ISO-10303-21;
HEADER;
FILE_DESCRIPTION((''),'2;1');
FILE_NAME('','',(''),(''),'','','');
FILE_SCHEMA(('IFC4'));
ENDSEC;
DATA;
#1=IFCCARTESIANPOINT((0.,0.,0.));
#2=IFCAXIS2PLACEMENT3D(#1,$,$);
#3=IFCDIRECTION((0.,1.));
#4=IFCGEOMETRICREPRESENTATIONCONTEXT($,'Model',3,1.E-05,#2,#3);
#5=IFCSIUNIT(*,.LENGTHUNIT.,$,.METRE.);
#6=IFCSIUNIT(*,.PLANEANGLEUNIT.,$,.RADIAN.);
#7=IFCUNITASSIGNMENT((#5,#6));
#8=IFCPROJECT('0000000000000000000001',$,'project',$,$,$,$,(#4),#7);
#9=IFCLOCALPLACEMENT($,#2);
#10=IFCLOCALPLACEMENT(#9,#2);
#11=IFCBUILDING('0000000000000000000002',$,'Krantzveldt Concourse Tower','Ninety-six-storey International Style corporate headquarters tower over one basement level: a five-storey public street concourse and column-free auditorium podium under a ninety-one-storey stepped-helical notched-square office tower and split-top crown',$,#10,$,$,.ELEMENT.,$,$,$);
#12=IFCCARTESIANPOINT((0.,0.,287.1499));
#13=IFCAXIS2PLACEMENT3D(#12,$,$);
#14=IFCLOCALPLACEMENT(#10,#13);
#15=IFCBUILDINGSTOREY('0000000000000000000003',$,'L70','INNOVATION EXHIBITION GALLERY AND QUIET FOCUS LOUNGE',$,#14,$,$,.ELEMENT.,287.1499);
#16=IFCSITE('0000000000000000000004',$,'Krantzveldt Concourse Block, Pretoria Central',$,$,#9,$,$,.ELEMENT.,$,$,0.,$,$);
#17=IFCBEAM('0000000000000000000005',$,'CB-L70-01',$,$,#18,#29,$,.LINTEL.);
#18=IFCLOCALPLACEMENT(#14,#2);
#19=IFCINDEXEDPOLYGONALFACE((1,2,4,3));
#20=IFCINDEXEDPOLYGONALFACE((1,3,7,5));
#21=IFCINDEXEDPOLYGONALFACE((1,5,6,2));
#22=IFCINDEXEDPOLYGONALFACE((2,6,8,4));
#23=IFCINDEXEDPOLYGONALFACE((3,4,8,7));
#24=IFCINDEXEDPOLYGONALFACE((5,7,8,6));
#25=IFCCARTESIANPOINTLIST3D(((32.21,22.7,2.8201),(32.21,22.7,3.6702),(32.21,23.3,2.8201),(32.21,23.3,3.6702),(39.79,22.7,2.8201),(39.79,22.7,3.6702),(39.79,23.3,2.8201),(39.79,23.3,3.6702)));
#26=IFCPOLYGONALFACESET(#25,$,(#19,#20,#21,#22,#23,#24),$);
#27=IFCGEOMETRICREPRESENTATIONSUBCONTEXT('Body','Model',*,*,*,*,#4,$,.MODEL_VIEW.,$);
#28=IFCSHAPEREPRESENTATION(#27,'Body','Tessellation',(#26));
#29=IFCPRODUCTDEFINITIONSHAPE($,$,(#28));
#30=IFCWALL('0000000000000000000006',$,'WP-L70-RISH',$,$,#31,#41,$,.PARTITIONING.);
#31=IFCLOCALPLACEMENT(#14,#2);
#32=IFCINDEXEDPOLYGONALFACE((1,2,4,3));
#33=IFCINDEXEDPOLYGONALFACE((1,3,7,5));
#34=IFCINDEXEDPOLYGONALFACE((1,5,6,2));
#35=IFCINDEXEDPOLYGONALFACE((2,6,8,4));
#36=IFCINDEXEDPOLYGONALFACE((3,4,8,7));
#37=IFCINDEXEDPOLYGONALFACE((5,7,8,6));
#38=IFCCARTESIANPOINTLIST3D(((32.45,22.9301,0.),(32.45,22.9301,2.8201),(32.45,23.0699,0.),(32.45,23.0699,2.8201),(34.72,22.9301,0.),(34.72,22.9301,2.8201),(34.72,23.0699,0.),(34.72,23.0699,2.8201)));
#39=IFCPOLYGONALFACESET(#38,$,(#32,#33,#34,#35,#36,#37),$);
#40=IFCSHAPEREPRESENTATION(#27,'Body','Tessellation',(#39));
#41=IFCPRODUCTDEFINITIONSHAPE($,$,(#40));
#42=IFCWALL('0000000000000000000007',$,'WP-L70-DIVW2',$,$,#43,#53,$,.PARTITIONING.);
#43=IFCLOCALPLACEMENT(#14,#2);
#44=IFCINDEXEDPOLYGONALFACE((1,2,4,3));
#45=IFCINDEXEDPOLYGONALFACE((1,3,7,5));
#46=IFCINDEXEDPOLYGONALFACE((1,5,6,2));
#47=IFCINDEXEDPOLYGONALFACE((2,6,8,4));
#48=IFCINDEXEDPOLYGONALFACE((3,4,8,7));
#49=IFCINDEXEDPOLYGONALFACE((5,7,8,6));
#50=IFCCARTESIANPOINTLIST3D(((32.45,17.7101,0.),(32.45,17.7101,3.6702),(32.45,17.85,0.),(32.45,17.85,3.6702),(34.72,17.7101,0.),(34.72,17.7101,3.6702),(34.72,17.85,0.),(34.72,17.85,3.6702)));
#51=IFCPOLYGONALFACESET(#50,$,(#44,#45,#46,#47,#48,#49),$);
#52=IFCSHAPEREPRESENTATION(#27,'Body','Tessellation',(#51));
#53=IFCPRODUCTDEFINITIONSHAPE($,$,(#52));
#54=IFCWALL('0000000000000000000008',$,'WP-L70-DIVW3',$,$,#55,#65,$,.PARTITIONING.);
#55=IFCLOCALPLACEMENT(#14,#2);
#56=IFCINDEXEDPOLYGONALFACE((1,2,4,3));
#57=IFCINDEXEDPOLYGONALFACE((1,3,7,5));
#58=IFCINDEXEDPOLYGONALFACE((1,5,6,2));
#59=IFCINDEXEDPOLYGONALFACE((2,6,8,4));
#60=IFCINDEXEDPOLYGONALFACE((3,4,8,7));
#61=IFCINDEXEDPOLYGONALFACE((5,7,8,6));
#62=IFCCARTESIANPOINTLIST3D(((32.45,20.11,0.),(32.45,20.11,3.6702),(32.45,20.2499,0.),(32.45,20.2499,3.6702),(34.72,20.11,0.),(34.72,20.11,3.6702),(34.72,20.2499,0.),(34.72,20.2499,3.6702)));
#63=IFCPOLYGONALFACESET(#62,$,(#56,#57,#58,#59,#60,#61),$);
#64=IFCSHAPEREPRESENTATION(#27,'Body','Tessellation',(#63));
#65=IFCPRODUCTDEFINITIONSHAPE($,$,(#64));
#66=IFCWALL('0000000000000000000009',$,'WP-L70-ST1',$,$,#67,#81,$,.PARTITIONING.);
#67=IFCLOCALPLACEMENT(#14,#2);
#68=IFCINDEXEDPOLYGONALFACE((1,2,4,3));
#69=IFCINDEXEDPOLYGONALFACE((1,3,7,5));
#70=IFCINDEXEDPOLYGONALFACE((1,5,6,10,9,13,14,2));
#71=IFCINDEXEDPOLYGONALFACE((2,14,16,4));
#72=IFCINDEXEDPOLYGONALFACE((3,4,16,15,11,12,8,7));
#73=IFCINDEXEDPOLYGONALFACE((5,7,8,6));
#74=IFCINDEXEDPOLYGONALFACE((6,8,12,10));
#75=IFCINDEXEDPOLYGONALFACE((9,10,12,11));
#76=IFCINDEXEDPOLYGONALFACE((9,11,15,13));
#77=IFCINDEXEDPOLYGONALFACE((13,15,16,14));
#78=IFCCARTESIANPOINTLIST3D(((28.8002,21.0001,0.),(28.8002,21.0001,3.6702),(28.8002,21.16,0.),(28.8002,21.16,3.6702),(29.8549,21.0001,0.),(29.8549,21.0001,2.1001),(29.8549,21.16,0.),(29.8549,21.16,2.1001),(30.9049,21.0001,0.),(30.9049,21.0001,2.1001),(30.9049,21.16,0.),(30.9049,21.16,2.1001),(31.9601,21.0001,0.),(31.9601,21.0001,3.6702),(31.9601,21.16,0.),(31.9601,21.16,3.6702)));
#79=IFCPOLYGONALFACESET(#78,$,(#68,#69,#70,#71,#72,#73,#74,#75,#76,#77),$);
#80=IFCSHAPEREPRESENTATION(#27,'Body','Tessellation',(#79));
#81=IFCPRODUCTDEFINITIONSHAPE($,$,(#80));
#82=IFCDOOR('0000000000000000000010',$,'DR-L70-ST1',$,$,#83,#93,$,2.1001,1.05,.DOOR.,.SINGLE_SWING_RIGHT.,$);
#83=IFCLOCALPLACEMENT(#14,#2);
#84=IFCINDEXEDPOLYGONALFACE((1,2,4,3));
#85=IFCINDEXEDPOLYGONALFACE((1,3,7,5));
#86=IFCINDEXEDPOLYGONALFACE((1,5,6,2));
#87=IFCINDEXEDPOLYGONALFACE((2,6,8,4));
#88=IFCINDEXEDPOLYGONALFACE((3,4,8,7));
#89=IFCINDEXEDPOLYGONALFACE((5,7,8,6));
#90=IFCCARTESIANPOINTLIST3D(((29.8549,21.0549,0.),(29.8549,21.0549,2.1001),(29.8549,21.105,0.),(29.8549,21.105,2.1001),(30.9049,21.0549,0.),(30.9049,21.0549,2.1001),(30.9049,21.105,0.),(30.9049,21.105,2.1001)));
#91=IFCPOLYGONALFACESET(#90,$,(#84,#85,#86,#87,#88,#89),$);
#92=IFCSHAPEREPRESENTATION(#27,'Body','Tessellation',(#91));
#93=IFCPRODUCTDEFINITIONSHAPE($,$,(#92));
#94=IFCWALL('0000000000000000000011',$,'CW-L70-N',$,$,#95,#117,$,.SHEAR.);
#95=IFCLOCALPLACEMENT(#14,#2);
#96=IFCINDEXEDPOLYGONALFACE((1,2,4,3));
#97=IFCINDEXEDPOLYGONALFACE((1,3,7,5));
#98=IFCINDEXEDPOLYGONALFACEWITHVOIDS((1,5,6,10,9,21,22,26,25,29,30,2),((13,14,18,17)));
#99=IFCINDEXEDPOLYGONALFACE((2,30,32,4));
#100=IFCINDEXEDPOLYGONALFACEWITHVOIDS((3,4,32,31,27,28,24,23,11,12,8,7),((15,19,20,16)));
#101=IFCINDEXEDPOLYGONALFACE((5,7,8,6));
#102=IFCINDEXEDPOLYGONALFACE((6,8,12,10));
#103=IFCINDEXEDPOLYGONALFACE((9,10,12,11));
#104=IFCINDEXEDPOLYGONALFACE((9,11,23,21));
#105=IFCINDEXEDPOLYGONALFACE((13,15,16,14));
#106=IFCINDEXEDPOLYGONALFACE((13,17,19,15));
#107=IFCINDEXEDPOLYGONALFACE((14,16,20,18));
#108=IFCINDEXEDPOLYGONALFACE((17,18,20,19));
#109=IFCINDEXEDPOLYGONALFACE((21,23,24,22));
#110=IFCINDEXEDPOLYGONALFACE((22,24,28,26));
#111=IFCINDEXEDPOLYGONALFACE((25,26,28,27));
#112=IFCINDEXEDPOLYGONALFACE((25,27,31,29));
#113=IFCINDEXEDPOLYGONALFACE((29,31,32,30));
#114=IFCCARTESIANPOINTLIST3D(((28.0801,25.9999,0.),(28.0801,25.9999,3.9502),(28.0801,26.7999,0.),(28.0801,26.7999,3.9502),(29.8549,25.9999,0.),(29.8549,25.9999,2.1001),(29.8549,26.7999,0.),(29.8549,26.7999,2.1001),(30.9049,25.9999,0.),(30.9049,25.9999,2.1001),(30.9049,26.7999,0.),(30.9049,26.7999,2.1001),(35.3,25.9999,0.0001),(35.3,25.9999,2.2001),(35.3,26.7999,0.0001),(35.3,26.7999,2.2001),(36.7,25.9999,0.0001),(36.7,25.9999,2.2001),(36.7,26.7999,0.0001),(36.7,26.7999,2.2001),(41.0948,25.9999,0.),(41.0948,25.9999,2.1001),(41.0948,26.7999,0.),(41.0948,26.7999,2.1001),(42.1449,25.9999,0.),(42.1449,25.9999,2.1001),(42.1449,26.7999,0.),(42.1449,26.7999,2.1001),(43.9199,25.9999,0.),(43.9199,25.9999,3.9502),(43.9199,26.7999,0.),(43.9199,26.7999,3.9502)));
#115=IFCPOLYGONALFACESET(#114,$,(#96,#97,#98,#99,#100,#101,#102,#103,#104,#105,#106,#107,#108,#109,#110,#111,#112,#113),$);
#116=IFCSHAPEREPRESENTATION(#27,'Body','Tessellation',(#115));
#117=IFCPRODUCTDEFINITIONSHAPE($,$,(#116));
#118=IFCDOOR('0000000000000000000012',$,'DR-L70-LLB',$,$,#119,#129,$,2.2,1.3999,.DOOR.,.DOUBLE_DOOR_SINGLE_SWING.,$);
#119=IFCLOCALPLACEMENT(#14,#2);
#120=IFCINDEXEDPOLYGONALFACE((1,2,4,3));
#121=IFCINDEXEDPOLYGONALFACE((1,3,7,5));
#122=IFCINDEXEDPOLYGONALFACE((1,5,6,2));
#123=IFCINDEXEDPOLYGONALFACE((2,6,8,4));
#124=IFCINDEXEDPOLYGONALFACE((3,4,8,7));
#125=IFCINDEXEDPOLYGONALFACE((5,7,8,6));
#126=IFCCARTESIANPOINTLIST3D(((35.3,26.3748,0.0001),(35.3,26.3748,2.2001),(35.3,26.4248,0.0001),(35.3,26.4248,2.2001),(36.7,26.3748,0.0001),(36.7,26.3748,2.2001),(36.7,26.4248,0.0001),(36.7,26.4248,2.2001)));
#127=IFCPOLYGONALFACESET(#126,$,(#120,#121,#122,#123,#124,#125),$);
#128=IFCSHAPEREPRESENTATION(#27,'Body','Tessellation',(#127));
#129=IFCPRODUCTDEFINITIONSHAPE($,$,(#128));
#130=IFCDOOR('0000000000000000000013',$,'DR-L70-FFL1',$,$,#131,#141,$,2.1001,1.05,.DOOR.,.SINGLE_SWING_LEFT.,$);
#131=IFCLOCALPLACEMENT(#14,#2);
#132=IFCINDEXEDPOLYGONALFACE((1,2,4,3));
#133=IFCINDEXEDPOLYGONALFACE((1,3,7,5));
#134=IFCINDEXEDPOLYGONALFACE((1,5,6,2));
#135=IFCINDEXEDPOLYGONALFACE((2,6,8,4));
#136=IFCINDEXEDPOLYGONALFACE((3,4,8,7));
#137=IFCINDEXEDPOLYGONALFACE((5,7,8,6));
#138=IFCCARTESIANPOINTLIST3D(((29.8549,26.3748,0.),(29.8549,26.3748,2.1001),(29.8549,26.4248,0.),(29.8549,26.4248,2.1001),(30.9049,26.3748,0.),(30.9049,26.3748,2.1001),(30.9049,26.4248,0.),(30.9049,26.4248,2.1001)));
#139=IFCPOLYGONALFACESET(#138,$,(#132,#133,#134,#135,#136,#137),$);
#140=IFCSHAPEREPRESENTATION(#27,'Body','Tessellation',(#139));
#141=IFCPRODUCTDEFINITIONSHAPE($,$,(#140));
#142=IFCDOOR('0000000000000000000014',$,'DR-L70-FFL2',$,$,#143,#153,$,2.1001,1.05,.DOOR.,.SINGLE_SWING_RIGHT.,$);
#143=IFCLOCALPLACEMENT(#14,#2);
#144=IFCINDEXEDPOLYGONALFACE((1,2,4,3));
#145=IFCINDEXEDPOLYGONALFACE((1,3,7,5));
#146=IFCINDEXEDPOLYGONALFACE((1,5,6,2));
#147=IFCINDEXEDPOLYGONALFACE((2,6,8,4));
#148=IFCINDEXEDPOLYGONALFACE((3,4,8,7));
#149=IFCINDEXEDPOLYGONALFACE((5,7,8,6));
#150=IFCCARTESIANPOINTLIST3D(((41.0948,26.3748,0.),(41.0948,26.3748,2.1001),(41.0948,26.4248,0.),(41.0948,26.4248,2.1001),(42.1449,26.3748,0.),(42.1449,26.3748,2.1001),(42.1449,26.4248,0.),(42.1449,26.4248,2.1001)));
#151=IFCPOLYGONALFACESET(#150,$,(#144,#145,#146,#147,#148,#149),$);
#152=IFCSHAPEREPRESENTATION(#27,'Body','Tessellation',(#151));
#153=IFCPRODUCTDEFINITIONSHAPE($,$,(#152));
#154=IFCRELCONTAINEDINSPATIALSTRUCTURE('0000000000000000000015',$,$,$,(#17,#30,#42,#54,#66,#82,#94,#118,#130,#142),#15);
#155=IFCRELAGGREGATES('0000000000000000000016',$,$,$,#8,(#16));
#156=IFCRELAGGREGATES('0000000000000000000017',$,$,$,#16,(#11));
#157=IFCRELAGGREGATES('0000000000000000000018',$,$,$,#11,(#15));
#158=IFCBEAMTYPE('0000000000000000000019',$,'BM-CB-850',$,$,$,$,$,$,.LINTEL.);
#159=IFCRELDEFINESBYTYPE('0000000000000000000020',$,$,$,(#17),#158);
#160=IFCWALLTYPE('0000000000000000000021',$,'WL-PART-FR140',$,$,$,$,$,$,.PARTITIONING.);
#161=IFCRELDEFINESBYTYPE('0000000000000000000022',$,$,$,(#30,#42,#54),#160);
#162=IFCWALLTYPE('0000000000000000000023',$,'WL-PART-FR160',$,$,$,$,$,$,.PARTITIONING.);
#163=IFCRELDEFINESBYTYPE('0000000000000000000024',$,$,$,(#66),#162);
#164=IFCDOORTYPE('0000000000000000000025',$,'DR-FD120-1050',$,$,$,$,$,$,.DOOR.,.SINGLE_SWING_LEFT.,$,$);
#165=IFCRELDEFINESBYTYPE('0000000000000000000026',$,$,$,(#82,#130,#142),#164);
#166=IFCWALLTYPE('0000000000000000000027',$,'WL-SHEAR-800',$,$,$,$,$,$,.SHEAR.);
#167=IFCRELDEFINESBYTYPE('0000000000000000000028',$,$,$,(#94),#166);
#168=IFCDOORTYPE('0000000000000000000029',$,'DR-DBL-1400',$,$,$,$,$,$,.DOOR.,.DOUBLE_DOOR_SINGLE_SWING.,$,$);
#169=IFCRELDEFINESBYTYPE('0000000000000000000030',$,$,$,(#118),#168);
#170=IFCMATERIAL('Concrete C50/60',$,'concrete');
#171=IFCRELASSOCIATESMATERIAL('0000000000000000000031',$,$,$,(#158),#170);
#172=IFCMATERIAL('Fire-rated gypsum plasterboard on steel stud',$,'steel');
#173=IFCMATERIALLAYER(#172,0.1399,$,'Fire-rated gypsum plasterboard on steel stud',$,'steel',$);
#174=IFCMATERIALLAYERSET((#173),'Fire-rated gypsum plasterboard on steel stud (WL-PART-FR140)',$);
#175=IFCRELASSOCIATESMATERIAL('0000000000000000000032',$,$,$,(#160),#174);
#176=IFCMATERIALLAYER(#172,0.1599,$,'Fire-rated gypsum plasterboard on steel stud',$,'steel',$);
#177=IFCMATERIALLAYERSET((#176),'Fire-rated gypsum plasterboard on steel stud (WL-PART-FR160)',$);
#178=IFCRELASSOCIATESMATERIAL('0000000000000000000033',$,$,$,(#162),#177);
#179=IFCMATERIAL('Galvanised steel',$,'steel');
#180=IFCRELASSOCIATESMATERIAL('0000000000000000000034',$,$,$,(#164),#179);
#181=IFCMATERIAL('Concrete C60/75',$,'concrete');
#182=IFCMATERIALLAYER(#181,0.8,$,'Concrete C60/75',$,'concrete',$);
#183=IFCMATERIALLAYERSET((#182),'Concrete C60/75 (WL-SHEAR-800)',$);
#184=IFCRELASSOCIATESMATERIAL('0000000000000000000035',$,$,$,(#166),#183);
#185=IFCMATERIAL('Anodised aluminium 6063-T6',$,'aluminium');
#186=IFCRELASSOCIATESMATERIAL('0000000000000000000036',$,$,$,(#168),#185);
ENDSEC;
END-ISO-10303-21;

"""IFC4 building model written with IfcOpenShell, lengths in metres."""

from ifc_helpers import new_model, si_unit, direction, frame, frame_2d, origin, origin_2d, place, context, subcontext, project, spatial, rectangle, extrude, source, transform, mapped, material, layer, layer_set, material_profile, profile_set, type_object, type_shapes, element, fill, save


model = new_model("IFC4")

# Units and contexts
model_context = context("Model", 3, precision=1e-05, world=origin(), true_north=direction((0.0, 1.0)))
body_context = subcontext(model_context, "Body", "Model", "MODEL_VIEW")
ifc_project = project(units=[si_unit("LENGTHUNIT", "METRE"), si_unit("PLANEANGLEUNIT", "RADIAN")], contexts=[model_context])

# Site, building, storey
site_placement = place(None, origin())
site = spatial("IfcSite", under=ifc_project, at=site_placement, Name="Krantzveldt Concourse Block, Pretoria Central", CompositionType="ELEMENT", RefElevation=0.0)
building_placement = place(site_placement, origin())
building = spatial("IfcBuilding", under=site, at=building_placement, Name="Krantzveldt Concourse Tower", Description="Ninety-six-storey International Style corporate headquarters tower over one basement level: a five-storey public street concourse and column-free auditorium podium under a ninety-one-storey stepped-helical notched-square office tower and split-top crown", CompositionType="ELEMENT")
storey_placement = place(building_placement, frame((0.0, 0.0, 287.1499)))
storey = spatial("IfcBuildingStorey", under=building, at=storey_placement, Name="L70", Description="INNOVATION EXHIBITION GALLERY AND QUIET FOCUS LOUNGE", CompositionType="ELEMENT", Elevation=287.1499)

# Beam
ifc_material_1 = material(Name="Concrete C50/60", Category="concrete")
ifc_material_profile = material_profile(ifc_material_1, rectangle(XDim=0.6001, YDim=0.8501, at=origin_2d()), Name="Concrete C50/60", Category="concrete")
ifc_profile_set = profile_set([ifc_material_profile], Name="Concrete C50/60 - RC-CB 600x850")
beam_type = type_object("IfcBeamType", Name="BM-CB-850", PredefinedType="LINTEL", material=ifc_profile_set)
shared_shape = source(origin(), body_context, "Body", "SweptSolid", [
    extrude(rectangle(XDim=0.6001, YDim=0.8501, at=origin_2d()), origin(), (0.0, 0.0, 1.0), 7.5801),
])
type_shapes(beam_type, [shared_shape])
beam_placement = place(storey_placement, frame((32.21, 23.0, 3.2451), z_axis=(1.0, 0.0, 0.0), x_axis=(0.0, 1.0, 0.0)))
element("IfcBeam", 1, at=beam_placement, inside=storey, type_object=beam_type, Name="CB-L70-01", PredefinedType="LINTEL", context=body_context, shape_type="MappedRepresentation", body=[
    mapped(shared_shape, transform((0.0, 0.0, 0.0), x_axis=(1.0, 0.0, 0.0), y_axis=(0.0, 1.0, 0.0), z_axis=(0.0, 0.0, 1.0), scale=1.0)),
])

# Walls
ifc_material_2 = material(Name="Fire-rated gypsum plasterboard on steel stud", Category="steel")
ifc_layer_1 = layer(ifc_material_2, 0.1399, Name="Fire-rated gypsum plasterboard on steel stud", Category="steel")
ifc_layer_set_1 = layer_set([ifc_layer_1], Name="Fire-rated gypsum plasterboard on steel stud (WL-PART-FR140)")
wall_type_1 = type_object("IfcWallType", Name="WL-PART-FR140", PredefinedType="PARTITIONING", material=ifc_layer_set_1)
wall_1_placement = place(storey_placement, frame((32.45, 23.0, 0.0), z_axis=(0.0, 0.0, 1.0), x_axis=(1.0, 0.0, 0.0)))
element("IfcWall", 2, at=wall_1_placement, inside=storey, type_object=wall_type_1, Name="WP-L70-RISH", PredefinedType="PARTITIONING", context=body_context, shape_type="SweptSolid", body=[
    extrude(rectangle(XDim=2.27, YDim=0.1399, at=frame_2d((1.135, 0.0))), origin(), (0.0, 0.0, 1.0), 2.8201),
])
for number, where, z_axis, x_axis, name in (
    (3, (32.45, 17.78, 0.0), (0.0, 0.0, 1.0), (1.0, 0.0, 0.0), "WP-L70-DIVW2"),
    (4, (32.45, 20.1799, 0.0), (0.0, 0.0, 1.0), (1.0, 0.0, 0.0), "WP-L70-DIVW3"),
):
    element("IfcWall", number, at=place(storey_placement, frame(where, z_axis=z_axis, x_axis=x_axis)), inside=storey, type_object=wall_type_1, Name=name, PredefinedType="PARTITIONING", context=body_context, shape_type="SweptSolid", body=[
        extrude(rectangle(XDim=2.27, YDim=0.1399, at=frame_2d((1.135, 0.0))), origin(), (0.0, 0.0, 1.0), 3.6702),
    ])

# Wall, opening, door
ifc_layer_2 = layer(ifc_material_2, 0.1599, Name="Fire-rated gypsum plasterboard on steel stud", Category="steel")
ifc_layer_set_2 = layer_set([ifc_layer_2], Name="Fire-rated gypsum plasterboard on steel stud (WL-PART-FR160)")
wall_type_2 = type_object("IfcWallType", Name="WL-PART-FR160", PredefinedType="PARTITIONING", material=ifc_layer_set_2)
wall_2_placement = place(storey_placement, frame((28.8, 21.0801, 0.0), z_axis=(0.0, 0.0, 1.0), x_axis=(1.0, 0.0, 0.0)))
wall_2 = element("IfcWall", 5, at=wall_2_placement, inside=storey, type_object=wall_type_2, Name="WP-L70-ST1", PredefinedType="PARTITIONING", context=body_context, shape_type="SweptSolid", body=[
    extrude(rectangle(XDim=3.1599, YDim=0.1599, at=frame_2d((1.5801, 0.0))), origin(), (0.0, 0.0, 1.0), 3.6702),
])
opening_1_placement = place(wall_2_placement, frame((1.0549, 0.0, 0.0)))
opening_1 = element("IfcOpeningElement", 6, at=opening_1_placement, cuts=wall_2, PredefinedType="OPENING", context=body_context, shape_type="SweptSolid", body=[
    extrude(rectangle(XDim=1.05, YDim=2.1001, at=frame_2d((0.5249, 1.05))), frame((0.0, 0.0898, 0.0), z_axis=(0.0, -1.0, 0.0), x_axis=(1.0, 0.0, 0.0)), (0.0, 0.0, 1.0), 0.1799),
])
ifc_material_3 = material(Name="Galvanised steel", Category="steel")
door_type_1 = type_object("IfcDoorType", Name="DR-FD120-1050", OperationType="SINGLE_SWING_LEFT", PredefinedType="DOOR", material=ifc_material_3)
door_1_placement = place(opening_1_placement, origin())
door_1 = element("IfcDoor", 7, at=door_1_placement, inside=storey, type_object=door_type_1, Name="DR-L70-ST1", OperationType="SINGLE_SWING_RIGHT", OverallHeight=2.1001, OverallWidth=1.05, PredefinedType="DOOR", context=body_context, shape_type="SweptSolid", body=[
    extrude(rectangle(XDim=1.05, YDim=2.1001, at=frame_2d((0.5249, 1.05))), frame((0.0, 0.0249, 0.0), z_axis=(0.0, -1.0, 0.0), x_axis=(1.0, 0.0, 0.0)), (0.0, 0.0, 1.0), 0.05),
])
fill(opening_1, door_1)

# Wall, openings, doors
ifc_material_4 = material(Name="Concrete C60/75", Category="concrete")
ifc_layer_3 = layer(ifc_material_4, 0.8, Name="Concrete C60/75", Category="concrete")
ifc_layer_set_3 = layer_set([ifc_layer_3], Name="Concrete C60/75 (WL-SHEAR-800)")
wall_type_3 = type_object("IfcWallType", Name="WL-SHEAR-800", PredefinedType="SHEAR", material=ifc_layer_set_3)
wall_3_placement = place(storey_placement, frame((28.0801, 26.3999, 0.0), z_axis=(0.0, 0.0, 1.0), x_axis=(1.0, 0.0, 0.0)))
wall_3 = element("IfcWall", 8, at=wall_3_placement, inside=storey, type_object=wall_type_3, Name="CW-L70-N", PredefinedType="SHEAR", context=body_context, shape_type="SweptSolid", body=[
    extrude(rectangle(XDim=15.8398, YDim=0.8, at=frame_2d((7.9199, 0.0))), origin(), (0.0, 0.0, 1.0), 3.9502),
])
opening_2_placement = place(wall_3_placement, frame((7.22, 0.0, 0.0)))
opening_2 = element("IfcOpeningElement", 9, at=opening_2_placement, cuts=wall_3, PredefinedType="OPENING", context=body_context, shape_type="SweptSolid", body=[
    extrude(rectangle(XDim=1.3999, YDim=2.2, at=frame_2d((0.7, 1.1001))), frame((0.0, 0.4102, 0.0), z_axis=(0.0, -1.0, 0.0), x_axis=(1.0, 0.0, 0.0)), (0.0, 0.0, 1.0), 0.8201),
])
opening_3_placement = place(wall_3_placement, frame((1.7749, 0.0, 0.0)))
opening_3 = element("IfcOpeningElement", 10, at=opening_3_placement, cuts=wall_3, PredefinedType="OPENING", context=body_context, shape_type="SweptSolid", body=[
    extrude(rectangle(XDim=1.05, YDim=2.1001, at=frame_2d((0.5249, 1.05))), frame((0.0, 0.4102, 0.0), z_axis=(0.0, -1.0, 0.0), x_axis=(1.0, 0.0, 0.0)), (0.0, 0.0, 1.0), 0.8201),
])
opening_4_placement = place(wall_3_placement, frame((13.0149, 0.0, 0.0)))
opening_4 = element("IfcOpeningElement", 11, at=opening_4_placement, cuts=wall_3, PredefinedType="OPENING", context=body_context, shape_type="SweptSolid", body=[
    extrude(rectangle(XDim=1.05, YDim=2.1001, at=frame_2d((0.5249, 1.05))), frame((0.0, 0.4102, 0.0), z_axis=(0.0, -1.0, 0.0), x_axis=(1.0, 0.0, 0.0)), (0.0, 0.0, 1.0), 0.8201),
])
ifc_material_5 = material(Name="Anodised aluminium 6063-T6", Category="aluminium")
door_type_2 = type_object("IfcDoorType", Name="DR-DBL-1400", OperationType="DOUBLE_DOOR_SINGLE_SWING", PredefinedType="DOOR", material=ifc_material_5)
door_2_placement = place(opening_2_placement, origin())
door_2 = element("IfcDoor", 12, at=door_2_placement, inside=storey, type_object=door_type_2, Name="DR-L70-LLB", OperationType="DOUBLE_DOOR_SINGLE_SWING", OverallHeight=2.2, OverallWidth=1.3999, PredefinedType="DOOR", context=body_context, shape_type="SweptSolid", body=[
    extrude(rectangle(XDim=1.3999, YDim=2.2, at=frame_2d((0.7, 1.1001))), frame((0.0, 0.0249, 0.0), z_axis=(0.0, -1.0, 0.0), x_axis=(1.0, 0.0, 0.0)), (0.0, 0.0, 1.0), 0.05),
])
fill(opening_2, door_2)
door_3_placement = place(opening_3_placement, origin())
door_3 = element("IfcDoor", 13, at=door_3_placement, inside=storey, type_object=door_type_1, Name="DR-L70-FFL1", OperationType="SINGLE_SWING_LEFT", OverallHeight=2.1001, OverallWidth=1.05, PredefinedType="DOOR", context=body_context, shape_type="SweptSolid", body=[
    extrude(rectangle(XDim=1.05, YDim=2.1001, at=frame_2d((0.5249, 1.05))), frame((0.0, 0.0249, 0.0), z_axis=(0.0, -1.0, 0.0), x_axis=(1.0, 0.0, 0.0)), (0.0, 0.0, 1.0), 0.05),
])
fill(opening_3, door_3)
door_4_placement = place(opening_4_placement, origin())
door_4 = element("IfcDoor", 14, at=door_4_placement, inside=storey, type_object=door_type_1, Name="DR-L70-FFL2", OperationType="SINGLE_SWING_RIGHT", OverallHeight=2.1001, OverallWidth=1.05, PredefinedType="DOOR", context=body_context, shape_type="SweptSolid", body=[
    extrude(rectangle(XDim=1.05, YDim=2.1001, at=frame_2d((0.5249, 1.05))), frame((0.0, 0.0249, 0.0), z_axis=(0.0, -1.0, 0.0), x_axis=(1.0, 0.0, 0.0)), (0.0, 0.0, 1.0), 0.05),
])
fill(opening_4, door_4)

save(model, "model.ifc")
